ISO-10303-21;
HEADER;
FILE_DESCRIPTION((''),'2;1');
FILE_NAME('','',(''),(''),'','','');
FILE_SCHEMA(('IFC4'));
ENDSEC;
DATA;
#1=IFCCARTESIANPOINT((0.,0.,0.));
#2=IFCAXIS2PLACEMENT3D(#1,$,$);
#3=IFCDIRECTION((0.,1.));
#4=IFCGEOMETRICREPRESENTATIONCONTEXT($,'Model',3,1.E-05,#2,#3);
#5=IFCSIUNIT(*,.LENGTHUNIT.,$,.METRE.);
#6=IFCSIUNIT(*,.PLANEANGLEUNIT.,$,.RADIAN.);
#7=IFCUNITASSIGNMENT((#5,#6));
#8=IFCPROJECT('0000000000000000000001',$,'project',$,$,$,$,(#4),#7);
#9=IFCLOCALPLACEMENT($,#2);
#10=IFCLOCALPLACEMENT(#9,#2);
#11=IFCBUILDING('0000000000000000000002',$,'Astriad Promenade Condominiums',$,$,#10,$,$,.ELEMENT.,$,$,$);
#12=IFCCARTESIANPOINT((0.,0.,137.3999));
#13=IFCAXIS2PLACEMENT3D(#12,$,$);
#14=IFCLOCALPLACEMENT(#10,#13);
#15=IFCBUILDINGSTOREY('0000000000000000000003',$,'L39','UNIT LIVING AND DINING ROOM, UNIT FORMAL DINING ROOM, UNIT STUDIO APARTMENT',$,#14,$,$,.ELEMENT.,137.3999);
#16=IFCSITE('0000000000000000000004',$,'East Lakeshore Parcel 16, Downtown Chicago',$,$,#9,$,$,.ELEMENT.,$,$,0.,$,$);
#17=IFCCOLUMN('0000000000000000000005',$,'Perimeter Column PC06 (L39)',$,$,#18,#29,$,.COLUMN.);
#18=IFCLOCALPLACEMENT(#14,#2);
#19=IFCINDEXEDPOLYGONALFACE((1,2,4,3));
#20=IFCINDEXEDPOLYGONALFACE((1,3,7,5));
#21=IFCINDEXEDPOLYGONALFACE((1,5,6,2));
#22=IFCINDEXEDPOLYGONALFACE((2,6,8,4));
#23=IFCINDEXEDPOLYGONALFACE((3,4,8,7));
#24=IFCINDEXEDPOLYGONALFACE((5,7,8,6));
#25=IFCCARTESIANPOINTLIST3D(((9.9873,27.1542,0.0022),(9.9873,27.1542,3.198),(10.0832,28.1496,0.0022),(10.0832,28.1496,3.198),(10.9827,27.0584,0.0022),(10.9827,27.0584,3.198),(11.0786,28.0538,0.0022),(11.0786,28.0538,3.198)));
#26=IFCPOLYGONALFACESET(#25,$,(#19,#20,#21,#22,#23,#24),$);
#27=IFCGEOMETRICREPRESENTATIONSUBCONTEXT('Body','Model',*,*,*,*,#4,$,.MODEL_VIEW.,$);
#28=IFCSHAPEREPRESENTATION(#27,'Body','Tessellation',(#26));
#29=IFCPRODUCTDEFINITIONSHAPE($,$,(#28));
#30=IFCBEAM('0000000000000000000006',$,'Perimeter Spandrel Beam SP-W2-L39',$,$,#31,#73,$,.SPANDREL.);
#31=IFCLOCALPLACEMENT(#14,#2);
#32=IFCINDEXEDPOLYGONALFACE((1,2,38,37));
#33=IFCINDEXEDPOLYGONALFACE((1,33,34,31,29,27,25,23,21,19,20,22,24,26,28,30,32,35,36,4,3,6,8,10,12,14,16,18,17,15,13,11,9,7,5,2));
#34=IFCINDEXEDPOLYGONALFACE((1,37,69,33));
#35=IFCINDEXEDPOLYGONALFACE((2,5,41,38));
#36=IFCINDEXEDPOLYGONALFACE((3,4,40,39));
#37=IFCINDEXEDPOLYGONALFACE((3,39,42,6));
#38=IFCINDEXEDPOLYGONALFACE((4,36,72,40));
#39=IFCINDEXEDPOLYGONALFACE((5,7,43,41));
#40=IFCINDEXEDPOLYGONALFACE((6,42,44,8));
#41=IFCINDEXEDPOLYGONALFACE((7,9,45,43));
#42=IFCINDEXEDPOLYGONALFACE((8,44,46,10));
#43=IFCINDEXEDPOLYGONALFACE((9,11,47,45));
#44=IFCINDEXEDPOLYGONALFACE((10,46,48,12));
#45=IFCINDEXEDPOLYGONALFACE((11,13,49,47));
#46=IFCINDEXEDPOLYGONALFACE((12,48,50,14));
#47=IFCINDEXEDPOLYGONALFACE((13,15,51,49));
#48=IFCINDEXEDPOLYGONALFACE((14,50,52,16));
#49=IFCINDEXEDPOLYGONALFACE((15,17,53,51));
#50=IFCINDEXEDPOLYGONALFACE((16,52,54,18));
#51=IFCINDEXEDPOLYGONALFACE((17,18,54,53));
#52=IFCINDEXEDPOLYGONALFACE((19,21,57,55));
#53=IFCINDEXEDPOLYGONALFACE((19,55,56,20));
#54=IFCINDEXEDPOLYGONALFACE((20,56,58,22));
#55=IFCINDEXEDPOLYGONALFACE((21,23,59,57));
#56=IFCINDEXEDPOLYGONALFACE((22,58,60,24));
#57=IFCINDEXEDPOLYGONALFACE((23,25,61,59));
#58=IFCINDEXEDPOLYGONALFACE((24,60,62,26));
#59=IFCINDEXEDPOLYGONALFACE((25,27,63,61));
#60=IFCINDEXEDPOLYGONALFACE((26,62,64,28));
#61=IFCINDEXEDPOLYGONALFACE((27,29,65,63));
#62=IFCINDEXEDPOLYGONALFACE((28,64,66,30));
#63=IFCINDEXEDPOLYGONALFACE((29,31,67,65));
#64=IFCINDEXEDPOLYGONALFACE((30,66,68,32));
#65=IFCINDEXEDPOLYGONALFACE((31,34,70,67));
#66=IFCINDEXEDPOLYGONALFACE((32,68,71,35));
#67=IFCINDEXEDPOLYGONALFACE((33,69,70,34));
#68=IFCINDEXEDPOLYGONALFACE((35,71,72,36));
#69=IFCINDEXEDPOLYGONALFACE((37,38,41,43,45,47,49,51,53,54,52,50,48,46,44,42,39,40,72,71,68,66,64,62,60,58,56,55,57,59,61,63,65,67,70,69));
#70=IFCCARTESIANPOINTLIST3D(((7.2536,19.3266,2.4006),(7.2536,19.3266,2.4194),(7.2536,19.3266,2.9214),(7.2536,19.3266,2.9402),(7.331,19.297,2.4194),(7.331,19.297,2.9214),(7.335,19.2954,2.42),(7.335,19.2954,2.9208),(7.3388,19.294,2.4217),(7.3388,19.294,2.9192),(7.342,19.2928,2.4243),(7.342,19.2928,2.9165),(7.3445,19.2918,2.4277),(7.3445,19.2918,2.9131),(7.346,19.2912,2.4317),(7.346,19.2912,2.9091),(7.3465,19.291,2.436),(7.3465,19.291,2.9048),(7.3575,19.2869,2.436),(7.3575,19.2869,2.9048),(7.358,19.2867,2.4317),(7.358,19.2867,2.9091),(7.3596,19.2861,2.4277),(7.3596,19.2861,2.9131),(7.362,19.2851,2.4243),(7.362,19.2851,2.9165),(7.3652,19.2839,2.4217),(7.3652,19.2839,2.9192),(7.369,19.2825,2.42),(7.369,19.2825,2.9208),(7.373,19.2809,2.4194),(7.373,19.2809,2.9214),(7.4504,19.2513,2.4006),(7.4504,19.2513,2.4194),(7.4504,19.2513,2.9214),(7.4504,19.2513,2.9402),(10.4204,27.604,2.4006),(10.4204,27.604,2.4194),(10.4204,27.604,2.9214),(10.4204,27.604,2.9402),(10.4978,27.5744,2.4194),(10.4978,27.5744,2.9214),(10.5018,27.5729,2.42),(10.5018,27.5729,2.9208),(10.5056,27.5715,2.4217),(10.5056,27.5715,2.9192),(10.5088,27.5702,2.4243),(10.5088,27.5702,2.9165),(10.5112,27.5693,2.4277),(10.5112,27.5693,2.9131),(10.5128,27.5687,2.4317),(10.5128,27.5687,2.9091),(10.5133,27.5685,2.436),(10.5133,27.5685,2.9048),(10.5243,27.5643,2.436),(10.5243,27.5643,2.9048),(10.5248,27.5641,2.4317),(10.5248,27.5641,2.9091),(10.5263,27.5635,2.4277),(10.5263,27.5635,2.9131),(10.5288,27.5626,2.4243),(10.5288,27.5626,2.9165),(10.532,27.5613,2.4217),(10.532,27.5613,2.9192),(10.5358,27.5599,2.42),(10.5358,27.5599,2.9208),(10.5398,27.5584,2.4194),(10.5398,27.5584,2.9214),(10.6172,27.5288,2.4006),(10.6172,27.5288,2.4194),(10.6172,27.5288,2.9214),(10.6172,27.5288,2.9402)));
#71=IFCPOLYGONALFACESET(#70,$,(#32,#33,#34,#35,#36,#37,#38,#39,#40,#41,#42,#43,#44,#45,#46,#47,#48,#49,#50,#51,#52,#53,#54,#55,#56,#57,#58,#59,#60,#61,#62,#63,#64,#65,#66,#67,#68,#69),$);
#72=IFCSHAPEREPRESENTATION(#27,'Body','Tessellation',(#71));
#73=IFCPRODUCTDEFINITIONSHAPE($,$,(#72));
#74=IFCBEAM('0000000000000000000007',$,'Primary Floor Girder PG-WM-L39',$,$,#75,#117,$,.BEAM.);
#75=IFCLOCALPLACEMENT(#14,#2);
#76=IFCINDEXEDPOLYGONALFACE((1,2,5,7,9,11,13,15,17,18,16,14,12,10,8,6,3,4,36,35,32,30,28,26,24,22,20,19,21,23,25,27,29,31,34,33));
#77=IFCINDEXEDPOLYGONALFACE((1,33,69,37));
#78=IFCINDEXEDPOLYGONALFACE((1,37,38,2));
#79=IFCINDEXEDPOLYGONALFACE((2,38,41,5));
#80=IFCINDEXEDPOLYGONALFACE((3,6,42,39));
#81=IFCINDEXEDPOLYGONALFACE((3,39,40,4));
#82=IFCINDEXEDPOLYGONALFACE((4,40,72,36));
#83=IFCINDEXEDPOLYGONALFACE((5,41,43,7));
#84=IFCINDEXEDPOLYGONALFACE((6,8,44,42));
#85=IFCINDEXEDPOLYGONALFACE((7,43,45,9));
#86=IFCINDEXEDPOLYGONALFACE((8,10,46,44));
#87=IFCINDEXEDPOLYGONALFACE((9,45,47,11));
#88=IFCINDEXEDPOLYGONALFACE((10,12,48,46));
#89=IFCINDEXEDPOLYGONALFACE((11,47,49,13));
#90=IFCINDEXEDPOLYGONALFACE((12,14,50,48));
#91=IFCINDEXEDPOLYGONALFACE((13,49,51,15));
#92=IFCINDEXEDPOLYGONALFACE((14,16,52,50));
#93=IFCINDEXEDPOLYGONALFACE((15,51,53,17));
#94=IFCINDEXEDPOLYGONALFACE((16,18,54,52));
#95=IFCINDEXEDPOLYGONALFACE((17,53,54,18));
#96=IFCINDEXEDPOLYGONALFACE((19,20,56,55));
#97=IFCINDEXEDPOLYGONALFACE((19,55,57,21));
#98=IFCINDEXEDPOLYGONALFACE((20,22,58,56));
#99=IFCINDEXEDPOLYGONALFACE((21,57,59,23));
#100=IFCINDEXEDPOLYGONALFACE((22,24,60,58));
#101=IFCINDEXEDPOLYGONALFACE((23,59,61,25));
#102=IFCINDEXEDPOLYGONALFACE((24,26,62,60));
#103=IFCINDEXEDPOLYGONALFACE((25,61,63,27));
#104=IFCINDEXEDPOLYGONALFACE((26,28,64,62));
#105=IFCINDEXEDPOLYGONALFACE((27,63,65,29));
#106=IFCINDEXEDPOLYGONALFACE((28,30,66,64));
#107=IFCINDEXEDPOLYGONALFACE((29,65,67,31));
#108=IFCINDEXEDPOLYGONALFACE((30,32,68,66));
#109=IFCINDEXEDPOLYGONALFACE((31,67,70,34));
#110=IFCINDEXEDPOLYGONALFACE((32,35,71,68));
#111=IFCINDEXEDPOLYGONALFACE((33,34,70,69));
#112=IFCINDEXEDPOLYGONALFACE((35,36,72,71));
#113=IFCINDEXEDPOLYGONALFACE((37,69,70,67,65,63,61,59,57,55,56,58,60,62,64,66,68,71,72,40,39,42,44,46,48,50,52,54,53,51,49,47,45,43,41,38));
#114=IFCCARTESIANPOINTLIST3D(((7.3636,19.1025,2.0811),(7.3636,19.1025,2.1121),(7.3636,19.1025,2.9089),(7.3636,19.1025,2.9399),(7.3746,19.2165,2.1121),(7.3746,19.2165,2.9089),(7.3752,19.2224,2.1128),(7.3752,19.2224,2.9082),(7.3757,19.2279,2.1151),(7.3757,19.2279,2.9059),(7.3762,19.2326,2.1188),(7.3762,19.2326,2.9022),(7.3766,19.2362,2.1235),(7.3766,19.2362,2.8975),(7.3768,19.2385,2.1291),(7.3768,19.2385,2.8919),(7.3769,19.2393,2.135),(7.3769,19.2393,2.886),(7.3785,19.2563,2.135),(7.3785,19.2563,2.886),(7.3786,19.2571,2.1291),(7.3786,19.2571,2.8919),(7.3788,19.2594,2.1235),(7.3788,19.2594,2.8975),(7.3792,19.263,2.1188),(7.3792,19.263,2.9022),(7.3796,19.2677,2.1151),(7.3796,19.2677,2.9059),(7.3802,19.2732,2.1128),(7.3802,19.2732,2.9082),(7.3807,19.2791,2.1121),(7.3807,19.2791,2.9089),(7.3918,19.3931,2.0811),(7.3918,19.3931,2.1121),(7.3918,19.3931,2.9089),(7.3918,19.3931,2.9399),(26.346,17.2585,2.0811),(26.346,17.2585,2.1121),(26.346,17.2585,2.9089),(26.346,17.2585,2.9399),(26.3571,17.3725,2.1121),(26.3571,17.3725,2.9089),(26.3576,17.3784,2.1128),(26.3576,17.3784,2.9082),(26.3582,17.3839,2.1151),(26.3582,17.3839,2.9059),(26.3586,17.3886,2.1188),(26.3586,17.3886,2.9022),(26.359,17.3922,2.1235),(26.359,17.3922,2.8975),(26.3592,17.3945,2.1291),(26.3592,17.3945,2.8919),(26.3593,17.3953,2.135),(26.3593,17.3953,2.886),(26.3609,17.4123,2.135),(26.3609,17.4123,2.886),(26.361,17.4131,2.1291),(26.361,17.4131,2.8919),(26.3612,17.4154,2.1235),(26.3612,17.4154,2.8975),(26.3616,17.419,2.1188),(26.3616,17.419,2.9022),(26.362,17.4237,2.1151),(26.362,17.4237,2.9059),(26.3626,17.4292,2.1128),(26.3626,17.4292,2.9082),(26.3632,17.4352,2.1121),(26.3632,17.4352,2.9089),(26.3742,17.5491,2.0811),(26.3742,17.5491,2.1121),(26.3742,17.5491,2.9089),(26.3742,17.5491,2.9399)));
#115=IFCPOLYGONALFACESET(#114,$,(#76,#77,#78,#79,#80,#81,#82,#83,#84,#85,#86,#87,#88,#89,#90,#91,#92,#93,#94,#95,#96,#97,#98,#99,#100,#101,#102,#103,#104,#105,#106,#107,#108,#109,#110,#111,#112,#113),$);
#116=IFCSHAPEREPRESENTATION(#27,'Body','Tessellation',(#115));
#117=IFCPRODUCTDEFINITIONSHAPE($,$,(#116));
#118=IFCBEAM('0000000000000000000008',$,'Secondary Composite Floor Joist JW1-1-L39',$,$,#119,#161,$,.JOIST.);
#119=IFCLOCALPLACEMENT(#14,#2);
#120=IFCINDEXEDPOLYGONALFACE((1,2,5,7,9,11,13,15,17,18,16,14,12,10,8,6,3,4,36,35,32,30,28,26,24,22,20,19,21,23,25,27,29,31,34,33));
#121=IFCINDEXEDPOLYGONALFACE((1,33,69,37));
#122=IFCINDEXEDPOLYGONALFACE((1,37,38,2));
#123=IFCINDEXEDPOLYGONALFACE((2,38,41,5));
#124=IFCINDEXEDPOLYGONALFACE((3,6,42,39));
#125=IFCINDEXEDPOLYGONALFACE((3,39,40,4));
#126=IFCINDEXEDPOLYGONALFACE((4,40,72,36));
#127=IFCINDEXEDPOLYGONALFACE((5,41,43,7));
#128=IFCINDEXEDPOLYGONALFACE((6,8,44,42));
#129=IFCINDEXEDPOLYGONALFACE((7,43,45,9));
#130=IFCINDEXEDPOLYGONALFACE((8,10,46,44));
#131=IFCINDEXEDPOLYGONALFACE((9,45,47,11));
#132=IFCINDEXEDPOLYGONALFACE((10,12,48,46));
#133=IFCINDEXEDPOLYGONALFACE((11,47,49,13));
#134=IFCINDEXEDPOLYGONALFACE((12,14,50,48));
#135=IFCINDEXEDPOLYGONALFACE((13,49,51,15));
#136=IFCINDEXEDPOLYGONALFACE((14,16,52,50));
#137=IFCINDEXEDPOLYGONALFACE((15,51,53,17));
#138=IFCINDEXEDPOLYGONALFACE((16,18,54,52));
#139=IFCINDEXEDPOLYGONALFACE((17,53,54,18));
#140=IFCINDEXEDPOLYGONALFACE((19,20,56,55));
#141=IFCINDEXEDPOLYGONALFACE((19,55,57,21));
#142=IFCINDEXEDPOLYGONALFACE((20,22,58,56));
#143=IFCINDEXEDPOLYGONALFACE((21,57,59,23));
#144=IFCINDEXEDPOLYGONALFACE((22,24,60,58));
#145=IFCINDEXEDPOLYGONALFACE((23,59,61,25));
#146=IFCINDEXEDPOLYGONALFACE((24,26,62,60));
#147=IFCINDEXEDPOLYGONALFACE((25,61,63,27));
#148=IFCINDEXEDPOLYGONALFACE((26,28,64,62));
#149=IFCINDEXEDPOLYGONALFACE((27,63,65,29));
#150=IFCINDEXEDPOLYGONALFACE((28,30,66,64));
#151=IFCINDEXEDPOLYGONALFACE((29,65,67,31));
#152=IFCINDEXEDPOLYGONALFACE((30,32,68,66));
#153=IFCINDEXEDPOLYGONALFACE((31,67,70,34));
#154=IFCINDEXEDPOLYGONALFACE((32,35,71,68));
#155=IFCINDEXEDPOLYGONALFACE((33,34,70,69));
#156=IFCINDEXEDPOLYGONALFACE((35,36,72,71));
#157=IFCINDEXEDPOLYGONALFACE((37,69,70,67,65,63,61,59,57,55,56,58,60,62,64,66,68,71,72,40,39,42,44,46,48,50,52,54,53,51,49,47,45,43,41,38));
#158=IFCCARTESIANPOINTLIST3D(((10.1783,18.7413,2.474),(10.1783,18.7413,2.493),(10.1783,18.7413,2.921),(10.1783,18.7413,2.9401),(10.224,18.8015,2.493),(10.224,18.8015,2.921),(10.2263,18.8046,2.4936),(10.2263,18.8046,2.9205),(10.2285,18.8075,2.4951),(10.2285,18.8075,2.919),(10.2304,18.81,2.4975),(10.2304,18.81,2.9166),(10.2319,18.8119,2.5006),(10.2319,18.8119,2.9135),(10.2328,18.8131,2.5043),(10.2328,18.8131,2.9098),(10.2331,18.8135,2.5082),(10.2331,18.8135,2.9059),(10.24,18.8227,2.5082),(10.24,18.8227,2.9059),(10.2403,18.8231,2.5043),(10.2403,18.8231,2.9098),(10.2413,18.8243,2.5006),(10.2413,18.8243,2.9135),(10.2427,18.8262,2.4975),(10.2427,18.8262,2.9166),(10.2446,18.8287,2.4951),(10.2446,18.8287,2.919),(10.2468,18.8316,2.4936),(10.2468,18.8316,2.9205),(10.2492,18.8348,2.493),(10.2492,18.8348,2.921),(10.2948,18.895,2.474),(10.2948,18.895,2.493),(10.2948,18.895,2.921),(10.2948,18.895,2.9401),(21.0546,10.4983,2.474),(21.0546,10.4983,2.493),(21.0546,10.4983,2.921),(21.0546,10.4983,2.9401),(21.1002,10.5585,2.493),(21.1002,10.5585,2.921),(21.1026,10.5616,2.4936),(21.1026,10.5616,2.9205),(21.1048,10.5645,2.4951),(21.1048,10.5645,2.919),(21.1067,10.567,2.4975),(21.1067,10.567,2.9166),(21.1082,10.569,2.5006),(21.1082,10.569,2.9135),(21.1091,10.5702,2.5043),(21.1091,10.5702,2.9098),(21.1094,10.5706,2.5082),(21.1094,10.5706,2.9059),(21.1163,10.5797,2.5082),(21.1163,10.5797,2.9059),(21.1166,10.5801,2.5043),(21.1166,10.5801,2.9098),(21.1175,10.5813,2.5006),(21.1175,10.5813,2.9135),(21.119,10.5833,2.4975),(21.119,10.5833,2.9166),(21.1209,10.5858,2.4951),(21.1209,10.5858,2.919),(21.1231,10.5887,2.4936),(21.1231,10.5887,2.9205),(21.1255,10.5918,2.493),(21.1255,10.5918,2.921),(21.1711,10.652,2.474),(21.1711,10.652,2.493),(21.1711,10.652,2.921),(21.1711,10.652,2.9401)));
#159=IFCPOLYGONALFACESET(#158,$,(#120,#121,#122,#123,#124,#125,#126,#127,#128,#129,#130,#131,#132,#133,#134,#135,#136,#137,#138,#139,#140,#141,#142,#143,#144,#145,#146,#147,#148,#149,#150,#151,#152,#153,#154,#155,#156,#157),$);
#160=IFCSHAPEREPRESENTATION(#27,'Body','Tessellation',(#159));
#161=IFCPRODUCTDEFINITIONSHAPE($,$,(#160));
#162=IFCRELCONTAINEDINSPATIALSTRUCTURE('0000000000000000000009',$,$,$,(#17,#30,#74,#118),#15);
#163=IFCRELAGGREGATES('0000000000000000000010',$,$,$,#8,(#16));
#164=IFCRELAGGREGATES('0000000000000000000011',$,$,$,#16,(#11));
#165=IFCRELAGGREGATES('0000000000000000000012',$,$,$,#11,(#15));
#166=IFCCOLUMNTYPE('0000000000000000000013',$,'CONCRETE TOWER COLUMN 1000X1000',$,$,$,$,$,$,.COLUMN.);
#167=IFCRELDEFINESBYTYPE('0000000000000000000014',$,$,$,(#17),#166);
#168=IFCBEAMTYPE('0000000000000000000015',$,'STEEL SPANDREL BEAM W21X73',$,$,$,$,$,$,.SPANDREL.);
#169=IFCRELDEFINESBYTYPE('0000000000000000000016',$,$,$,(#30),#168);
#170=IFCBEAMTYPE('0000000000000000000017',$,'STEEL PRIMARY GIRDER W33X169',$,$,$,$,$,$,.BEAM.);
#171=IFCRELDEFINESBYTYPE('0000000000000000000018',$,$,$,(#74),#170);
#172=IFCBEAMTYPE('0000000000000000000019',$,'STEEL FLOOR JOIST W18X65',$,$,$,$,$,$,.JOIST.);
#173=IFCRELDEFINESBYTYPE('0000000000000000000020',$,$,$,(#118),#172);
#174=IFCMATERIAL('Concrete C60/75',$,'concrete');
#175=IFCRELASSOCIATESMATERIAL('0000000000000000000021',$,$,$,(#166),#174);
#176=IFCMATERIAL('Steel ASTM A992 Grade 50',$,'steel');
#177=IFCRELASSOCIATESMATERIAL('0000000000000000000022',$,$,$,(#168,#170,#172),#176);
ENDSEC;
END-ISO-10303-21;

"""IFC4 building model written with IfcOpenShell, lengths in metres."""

from ifc_helpers import new_model, si_unit, direction, frame, origin, origin_2d, place, context, subcontext, project, spatial, rectangle, i_section, extrude, source, transform, mapped, material, material_profile, profile_set, type_object, type_shapes, element, save


model = new_model("IFC4")

# Units and contexts
model_context = context("Model", 3, precision=1e-05, world=origin(), true_north=direction((0.0, 1.0)))
body_context = subcontext(model_context, "Body", "Model", "MODEL_VIEW")
ifc_project = project(units=[si_unit("LENGTHUNIT", "METRE"), si_unit("PLANEANGLEUNIT", "RADIAN")], contexts=[model_context])

# Site, building, storey
site_placement = place(None, origin())
site = spatial("IfcSite", under=ifc_project, at=site_placement, Name="East Lakeshore Parcel 16, Downtown Chicago", CompositionType="ELEMENT", RefElevation=0.0)
building_placement = place(site_placement, origin())
building = spatial("IfcBuilding", under=site, at=building_placement, Name="Astriad Promenade Condominiums", CompositionType="ELEMENT")
storey_placement = place(building_placement, frame((0.0, 0.0, 137.3999)))
storey = spatial("IfcBuildingStorey", under=building, at=storey_placement, Name="L39", Description="UNIT LIVING AND DINING ROOM, UNIT FORMAL DINING ROOM, UNIT STUDIO APARTMENT", CompositionType="ELEMENT", Elevation=137.3999)

# Column
ifc_material_1 = material(Name="Concrete C60/75", Category="concrete")
ifc_material_profile_1 = material_profile(ifc_material_1, rectangle(XDim=1.0, YDim=1.0, at=origin_2d()), Name="RC-COL-1000X1000")
ifc_profile_set_1 = profile_set([ifc_material_profile_1], Name="Concrete C60/75")
column_type = type_object("IfcColumnType", Name="CONCRETE TOWER COLUMN 1000X1000", PredefinedType="COLUMN", material=ifc_profile_set_1)
shared_shape_1 = source(origin(), body_context, "Body", "SweptSolid", [
    extrude(rectangle(XDim=1.0, YDim=1.0, at=origin_2d()), origin(), (0.0, 0.0, 1.0), 3.1958),
])
type_shapes(column_type, [shared_shape_1])
column_placement = place(storey_placement, frame((10.533, 27.604, 0.0022), z_axis=(0.0, 0.0, 1.0), x_axis=(0.995396, -0.095846, 0.0)))
element("IfcColumn", 1, at=column_placement, inside=storey, type_object=column_type, Name="Perimeter Column PC06 (L39)", PredefinedType="COLUMN", context=body_context, shape_type="MappedRepresentation", body=[
    mapped(shared_shape_1, transform((0.0, 0.0, 0.0), scale=1.0)),
])

# Beams
ifc_material_2 = material(Name="Steel ASTM A992 Grade 50", Category="steel")
ifc_material_profile_2 = material_profile(ifc_material_2, i_section(OverallWidth=0.2107, OverallDepth=0.5396, WebThickness=0.0117, FlangeThickness=0.0188, FilletRadius=0.0166, at=origin_2d()), Name="W21X73")
ifc_profile_set_2 = profile_set([ifc_material_profile_2], Name="Steel ASTM A992 Grade 50")
beam_type_1 = type_object("IfcBeamType", Name="STEEL SPANDREL BEAM W21X73", PredefinedType="SPANDREL", material=ifc_profile_set_2)
shared_shape_2 = source(origin(), body_context, "Body", "SweptSolid", [
    extrude(i_section(OverallWidth=0.2107, OverallDepth=0.5396, WebThickness=0.0117, FlangeThickness=0.0188, FilletRadius=0.0166, at=origin_2d()), origin(), (0.0, 0.0, 1.0), 8.8625),
])
type_shapes(beam_type_1, [shared_shape_2])
beam_1_placement = place(storey_placement, frame((10.5188, 27.5664, 2.6704), z_axis=(-0.357323, -0.933981, 0.0), x_axis=(0.933981, -0.357323, 0.0)))
element("IfcBeam", 2, at=beam_1_placement, inside=storey, type_object=beam_type_1, Name="Perimeter Spandrel Beam SP-W2-L39", PredefinedType="SPANDREL", context=body_context, shape_type="MappedRepresentation", body=[
    mapped(shared_shape_2, transform((0.0, 0.0, 0.0), scale=1.0)),
])
ifc_material_profile_3 = material_profile(ifc_material_2, i_section(OverallWidth=0.292, OverallDepth=0.8589, WebThickness=0.0171, FlangeThickness=0.031, FilletRadius=0.0229, at=origin_2d()), Name="W33X169")
ifc_profile_set_3 = profile_set([ifc_material_profile_3], Name="Steel ASTM A992 Grade 50")
beam_type_2 = type_object("IfcBeamType", Name="STEEL PRIMARY GIRDER W33X169", PredefinedType="BEAM", material=ifc_profile_set_3)
shared_shape_3 = source(origin(), body_context, "Body", "SweptSolid", [
    extrude(i_section(OverallWidth=0.292, OverallDepth=0.8589, WebThickness=0.0171, FlangeThickness=0.031, FilletRadius=0.0229, at=origin_2d()), origin(), (0.0, 0.0, 1.0), 19.0718),
])
type_shapes(beam_type_2, [shared_shape_3])
beam_2_placement = place(storey_placement, frame((7.3777, 19.2478, 2.5105), z_axis=(0.995315, -0.096687, 0.0), x_axis=(0.096687, 0.995315, 0.0)))
element("IfcBeam", 3, at=beam_2_placement, inside=storey, type_object=beam_type_2, Name="Primary Floor Girder PG-WM-L39", PredefinedType="BEAM", context=body_context, shape_type="MappedRepresentation", body=[
    mapped(shared_shape_3, transform((0.0, 0.0, 0.0), scale=1.0)),
])
ifc_material_profile_4 = material_profile(ifc_material_2, i_section(OverallWidth=0.1929, OverallDepth=0.4661, WebThickness=0.0115, FlangeThickness=0.019, FilletRadius=0.0151, at=origin_2d()), Name="W18X65")
ifc_profile_set_4 = profile_set([ifc_material_profile_4], Name="Steel ASTM A992 Grade 50")
beam_type_3 = type_object("IfcBeamType", Name="STEEL FLOOR JOIST W18X65", PredefinedType="JOIST", material=ifc_profile_set_4)
shared_shape_4 = source(origin(), body_context, "Body", "SweptSolid", [
    extrude(i_section(OverallWidth=0.1929, OverallDepth=0.4661, WebThickness=0.0115, FlangeThickness=0.019, FilletRadius=0.0151, at=origin_2d()), origin(), (0.0, 0.0, 1.0), 13.647),
])
beam_3_placement = place(storey_placement, frame((10.2366, 18.8181, 2.707), z_axis=(0.796974, -0.604014, 0.0), x_axis=(0.604014, 0.796974, 0.0)))
element("IfcBeam", 4, at=beam_3_placement, inside=storey, type_object=beam_type_3, Name="Secondary Composite Floor Joist JW1-1-L39", PredefinedType="JOIST", context=body_context, shape_type="MappedRepresentation", body=[
    mapped(shared_shape_4, transform((0.0, 0.0, 0.0), scale=1.0)),
])

save(model, "model.ifc")
